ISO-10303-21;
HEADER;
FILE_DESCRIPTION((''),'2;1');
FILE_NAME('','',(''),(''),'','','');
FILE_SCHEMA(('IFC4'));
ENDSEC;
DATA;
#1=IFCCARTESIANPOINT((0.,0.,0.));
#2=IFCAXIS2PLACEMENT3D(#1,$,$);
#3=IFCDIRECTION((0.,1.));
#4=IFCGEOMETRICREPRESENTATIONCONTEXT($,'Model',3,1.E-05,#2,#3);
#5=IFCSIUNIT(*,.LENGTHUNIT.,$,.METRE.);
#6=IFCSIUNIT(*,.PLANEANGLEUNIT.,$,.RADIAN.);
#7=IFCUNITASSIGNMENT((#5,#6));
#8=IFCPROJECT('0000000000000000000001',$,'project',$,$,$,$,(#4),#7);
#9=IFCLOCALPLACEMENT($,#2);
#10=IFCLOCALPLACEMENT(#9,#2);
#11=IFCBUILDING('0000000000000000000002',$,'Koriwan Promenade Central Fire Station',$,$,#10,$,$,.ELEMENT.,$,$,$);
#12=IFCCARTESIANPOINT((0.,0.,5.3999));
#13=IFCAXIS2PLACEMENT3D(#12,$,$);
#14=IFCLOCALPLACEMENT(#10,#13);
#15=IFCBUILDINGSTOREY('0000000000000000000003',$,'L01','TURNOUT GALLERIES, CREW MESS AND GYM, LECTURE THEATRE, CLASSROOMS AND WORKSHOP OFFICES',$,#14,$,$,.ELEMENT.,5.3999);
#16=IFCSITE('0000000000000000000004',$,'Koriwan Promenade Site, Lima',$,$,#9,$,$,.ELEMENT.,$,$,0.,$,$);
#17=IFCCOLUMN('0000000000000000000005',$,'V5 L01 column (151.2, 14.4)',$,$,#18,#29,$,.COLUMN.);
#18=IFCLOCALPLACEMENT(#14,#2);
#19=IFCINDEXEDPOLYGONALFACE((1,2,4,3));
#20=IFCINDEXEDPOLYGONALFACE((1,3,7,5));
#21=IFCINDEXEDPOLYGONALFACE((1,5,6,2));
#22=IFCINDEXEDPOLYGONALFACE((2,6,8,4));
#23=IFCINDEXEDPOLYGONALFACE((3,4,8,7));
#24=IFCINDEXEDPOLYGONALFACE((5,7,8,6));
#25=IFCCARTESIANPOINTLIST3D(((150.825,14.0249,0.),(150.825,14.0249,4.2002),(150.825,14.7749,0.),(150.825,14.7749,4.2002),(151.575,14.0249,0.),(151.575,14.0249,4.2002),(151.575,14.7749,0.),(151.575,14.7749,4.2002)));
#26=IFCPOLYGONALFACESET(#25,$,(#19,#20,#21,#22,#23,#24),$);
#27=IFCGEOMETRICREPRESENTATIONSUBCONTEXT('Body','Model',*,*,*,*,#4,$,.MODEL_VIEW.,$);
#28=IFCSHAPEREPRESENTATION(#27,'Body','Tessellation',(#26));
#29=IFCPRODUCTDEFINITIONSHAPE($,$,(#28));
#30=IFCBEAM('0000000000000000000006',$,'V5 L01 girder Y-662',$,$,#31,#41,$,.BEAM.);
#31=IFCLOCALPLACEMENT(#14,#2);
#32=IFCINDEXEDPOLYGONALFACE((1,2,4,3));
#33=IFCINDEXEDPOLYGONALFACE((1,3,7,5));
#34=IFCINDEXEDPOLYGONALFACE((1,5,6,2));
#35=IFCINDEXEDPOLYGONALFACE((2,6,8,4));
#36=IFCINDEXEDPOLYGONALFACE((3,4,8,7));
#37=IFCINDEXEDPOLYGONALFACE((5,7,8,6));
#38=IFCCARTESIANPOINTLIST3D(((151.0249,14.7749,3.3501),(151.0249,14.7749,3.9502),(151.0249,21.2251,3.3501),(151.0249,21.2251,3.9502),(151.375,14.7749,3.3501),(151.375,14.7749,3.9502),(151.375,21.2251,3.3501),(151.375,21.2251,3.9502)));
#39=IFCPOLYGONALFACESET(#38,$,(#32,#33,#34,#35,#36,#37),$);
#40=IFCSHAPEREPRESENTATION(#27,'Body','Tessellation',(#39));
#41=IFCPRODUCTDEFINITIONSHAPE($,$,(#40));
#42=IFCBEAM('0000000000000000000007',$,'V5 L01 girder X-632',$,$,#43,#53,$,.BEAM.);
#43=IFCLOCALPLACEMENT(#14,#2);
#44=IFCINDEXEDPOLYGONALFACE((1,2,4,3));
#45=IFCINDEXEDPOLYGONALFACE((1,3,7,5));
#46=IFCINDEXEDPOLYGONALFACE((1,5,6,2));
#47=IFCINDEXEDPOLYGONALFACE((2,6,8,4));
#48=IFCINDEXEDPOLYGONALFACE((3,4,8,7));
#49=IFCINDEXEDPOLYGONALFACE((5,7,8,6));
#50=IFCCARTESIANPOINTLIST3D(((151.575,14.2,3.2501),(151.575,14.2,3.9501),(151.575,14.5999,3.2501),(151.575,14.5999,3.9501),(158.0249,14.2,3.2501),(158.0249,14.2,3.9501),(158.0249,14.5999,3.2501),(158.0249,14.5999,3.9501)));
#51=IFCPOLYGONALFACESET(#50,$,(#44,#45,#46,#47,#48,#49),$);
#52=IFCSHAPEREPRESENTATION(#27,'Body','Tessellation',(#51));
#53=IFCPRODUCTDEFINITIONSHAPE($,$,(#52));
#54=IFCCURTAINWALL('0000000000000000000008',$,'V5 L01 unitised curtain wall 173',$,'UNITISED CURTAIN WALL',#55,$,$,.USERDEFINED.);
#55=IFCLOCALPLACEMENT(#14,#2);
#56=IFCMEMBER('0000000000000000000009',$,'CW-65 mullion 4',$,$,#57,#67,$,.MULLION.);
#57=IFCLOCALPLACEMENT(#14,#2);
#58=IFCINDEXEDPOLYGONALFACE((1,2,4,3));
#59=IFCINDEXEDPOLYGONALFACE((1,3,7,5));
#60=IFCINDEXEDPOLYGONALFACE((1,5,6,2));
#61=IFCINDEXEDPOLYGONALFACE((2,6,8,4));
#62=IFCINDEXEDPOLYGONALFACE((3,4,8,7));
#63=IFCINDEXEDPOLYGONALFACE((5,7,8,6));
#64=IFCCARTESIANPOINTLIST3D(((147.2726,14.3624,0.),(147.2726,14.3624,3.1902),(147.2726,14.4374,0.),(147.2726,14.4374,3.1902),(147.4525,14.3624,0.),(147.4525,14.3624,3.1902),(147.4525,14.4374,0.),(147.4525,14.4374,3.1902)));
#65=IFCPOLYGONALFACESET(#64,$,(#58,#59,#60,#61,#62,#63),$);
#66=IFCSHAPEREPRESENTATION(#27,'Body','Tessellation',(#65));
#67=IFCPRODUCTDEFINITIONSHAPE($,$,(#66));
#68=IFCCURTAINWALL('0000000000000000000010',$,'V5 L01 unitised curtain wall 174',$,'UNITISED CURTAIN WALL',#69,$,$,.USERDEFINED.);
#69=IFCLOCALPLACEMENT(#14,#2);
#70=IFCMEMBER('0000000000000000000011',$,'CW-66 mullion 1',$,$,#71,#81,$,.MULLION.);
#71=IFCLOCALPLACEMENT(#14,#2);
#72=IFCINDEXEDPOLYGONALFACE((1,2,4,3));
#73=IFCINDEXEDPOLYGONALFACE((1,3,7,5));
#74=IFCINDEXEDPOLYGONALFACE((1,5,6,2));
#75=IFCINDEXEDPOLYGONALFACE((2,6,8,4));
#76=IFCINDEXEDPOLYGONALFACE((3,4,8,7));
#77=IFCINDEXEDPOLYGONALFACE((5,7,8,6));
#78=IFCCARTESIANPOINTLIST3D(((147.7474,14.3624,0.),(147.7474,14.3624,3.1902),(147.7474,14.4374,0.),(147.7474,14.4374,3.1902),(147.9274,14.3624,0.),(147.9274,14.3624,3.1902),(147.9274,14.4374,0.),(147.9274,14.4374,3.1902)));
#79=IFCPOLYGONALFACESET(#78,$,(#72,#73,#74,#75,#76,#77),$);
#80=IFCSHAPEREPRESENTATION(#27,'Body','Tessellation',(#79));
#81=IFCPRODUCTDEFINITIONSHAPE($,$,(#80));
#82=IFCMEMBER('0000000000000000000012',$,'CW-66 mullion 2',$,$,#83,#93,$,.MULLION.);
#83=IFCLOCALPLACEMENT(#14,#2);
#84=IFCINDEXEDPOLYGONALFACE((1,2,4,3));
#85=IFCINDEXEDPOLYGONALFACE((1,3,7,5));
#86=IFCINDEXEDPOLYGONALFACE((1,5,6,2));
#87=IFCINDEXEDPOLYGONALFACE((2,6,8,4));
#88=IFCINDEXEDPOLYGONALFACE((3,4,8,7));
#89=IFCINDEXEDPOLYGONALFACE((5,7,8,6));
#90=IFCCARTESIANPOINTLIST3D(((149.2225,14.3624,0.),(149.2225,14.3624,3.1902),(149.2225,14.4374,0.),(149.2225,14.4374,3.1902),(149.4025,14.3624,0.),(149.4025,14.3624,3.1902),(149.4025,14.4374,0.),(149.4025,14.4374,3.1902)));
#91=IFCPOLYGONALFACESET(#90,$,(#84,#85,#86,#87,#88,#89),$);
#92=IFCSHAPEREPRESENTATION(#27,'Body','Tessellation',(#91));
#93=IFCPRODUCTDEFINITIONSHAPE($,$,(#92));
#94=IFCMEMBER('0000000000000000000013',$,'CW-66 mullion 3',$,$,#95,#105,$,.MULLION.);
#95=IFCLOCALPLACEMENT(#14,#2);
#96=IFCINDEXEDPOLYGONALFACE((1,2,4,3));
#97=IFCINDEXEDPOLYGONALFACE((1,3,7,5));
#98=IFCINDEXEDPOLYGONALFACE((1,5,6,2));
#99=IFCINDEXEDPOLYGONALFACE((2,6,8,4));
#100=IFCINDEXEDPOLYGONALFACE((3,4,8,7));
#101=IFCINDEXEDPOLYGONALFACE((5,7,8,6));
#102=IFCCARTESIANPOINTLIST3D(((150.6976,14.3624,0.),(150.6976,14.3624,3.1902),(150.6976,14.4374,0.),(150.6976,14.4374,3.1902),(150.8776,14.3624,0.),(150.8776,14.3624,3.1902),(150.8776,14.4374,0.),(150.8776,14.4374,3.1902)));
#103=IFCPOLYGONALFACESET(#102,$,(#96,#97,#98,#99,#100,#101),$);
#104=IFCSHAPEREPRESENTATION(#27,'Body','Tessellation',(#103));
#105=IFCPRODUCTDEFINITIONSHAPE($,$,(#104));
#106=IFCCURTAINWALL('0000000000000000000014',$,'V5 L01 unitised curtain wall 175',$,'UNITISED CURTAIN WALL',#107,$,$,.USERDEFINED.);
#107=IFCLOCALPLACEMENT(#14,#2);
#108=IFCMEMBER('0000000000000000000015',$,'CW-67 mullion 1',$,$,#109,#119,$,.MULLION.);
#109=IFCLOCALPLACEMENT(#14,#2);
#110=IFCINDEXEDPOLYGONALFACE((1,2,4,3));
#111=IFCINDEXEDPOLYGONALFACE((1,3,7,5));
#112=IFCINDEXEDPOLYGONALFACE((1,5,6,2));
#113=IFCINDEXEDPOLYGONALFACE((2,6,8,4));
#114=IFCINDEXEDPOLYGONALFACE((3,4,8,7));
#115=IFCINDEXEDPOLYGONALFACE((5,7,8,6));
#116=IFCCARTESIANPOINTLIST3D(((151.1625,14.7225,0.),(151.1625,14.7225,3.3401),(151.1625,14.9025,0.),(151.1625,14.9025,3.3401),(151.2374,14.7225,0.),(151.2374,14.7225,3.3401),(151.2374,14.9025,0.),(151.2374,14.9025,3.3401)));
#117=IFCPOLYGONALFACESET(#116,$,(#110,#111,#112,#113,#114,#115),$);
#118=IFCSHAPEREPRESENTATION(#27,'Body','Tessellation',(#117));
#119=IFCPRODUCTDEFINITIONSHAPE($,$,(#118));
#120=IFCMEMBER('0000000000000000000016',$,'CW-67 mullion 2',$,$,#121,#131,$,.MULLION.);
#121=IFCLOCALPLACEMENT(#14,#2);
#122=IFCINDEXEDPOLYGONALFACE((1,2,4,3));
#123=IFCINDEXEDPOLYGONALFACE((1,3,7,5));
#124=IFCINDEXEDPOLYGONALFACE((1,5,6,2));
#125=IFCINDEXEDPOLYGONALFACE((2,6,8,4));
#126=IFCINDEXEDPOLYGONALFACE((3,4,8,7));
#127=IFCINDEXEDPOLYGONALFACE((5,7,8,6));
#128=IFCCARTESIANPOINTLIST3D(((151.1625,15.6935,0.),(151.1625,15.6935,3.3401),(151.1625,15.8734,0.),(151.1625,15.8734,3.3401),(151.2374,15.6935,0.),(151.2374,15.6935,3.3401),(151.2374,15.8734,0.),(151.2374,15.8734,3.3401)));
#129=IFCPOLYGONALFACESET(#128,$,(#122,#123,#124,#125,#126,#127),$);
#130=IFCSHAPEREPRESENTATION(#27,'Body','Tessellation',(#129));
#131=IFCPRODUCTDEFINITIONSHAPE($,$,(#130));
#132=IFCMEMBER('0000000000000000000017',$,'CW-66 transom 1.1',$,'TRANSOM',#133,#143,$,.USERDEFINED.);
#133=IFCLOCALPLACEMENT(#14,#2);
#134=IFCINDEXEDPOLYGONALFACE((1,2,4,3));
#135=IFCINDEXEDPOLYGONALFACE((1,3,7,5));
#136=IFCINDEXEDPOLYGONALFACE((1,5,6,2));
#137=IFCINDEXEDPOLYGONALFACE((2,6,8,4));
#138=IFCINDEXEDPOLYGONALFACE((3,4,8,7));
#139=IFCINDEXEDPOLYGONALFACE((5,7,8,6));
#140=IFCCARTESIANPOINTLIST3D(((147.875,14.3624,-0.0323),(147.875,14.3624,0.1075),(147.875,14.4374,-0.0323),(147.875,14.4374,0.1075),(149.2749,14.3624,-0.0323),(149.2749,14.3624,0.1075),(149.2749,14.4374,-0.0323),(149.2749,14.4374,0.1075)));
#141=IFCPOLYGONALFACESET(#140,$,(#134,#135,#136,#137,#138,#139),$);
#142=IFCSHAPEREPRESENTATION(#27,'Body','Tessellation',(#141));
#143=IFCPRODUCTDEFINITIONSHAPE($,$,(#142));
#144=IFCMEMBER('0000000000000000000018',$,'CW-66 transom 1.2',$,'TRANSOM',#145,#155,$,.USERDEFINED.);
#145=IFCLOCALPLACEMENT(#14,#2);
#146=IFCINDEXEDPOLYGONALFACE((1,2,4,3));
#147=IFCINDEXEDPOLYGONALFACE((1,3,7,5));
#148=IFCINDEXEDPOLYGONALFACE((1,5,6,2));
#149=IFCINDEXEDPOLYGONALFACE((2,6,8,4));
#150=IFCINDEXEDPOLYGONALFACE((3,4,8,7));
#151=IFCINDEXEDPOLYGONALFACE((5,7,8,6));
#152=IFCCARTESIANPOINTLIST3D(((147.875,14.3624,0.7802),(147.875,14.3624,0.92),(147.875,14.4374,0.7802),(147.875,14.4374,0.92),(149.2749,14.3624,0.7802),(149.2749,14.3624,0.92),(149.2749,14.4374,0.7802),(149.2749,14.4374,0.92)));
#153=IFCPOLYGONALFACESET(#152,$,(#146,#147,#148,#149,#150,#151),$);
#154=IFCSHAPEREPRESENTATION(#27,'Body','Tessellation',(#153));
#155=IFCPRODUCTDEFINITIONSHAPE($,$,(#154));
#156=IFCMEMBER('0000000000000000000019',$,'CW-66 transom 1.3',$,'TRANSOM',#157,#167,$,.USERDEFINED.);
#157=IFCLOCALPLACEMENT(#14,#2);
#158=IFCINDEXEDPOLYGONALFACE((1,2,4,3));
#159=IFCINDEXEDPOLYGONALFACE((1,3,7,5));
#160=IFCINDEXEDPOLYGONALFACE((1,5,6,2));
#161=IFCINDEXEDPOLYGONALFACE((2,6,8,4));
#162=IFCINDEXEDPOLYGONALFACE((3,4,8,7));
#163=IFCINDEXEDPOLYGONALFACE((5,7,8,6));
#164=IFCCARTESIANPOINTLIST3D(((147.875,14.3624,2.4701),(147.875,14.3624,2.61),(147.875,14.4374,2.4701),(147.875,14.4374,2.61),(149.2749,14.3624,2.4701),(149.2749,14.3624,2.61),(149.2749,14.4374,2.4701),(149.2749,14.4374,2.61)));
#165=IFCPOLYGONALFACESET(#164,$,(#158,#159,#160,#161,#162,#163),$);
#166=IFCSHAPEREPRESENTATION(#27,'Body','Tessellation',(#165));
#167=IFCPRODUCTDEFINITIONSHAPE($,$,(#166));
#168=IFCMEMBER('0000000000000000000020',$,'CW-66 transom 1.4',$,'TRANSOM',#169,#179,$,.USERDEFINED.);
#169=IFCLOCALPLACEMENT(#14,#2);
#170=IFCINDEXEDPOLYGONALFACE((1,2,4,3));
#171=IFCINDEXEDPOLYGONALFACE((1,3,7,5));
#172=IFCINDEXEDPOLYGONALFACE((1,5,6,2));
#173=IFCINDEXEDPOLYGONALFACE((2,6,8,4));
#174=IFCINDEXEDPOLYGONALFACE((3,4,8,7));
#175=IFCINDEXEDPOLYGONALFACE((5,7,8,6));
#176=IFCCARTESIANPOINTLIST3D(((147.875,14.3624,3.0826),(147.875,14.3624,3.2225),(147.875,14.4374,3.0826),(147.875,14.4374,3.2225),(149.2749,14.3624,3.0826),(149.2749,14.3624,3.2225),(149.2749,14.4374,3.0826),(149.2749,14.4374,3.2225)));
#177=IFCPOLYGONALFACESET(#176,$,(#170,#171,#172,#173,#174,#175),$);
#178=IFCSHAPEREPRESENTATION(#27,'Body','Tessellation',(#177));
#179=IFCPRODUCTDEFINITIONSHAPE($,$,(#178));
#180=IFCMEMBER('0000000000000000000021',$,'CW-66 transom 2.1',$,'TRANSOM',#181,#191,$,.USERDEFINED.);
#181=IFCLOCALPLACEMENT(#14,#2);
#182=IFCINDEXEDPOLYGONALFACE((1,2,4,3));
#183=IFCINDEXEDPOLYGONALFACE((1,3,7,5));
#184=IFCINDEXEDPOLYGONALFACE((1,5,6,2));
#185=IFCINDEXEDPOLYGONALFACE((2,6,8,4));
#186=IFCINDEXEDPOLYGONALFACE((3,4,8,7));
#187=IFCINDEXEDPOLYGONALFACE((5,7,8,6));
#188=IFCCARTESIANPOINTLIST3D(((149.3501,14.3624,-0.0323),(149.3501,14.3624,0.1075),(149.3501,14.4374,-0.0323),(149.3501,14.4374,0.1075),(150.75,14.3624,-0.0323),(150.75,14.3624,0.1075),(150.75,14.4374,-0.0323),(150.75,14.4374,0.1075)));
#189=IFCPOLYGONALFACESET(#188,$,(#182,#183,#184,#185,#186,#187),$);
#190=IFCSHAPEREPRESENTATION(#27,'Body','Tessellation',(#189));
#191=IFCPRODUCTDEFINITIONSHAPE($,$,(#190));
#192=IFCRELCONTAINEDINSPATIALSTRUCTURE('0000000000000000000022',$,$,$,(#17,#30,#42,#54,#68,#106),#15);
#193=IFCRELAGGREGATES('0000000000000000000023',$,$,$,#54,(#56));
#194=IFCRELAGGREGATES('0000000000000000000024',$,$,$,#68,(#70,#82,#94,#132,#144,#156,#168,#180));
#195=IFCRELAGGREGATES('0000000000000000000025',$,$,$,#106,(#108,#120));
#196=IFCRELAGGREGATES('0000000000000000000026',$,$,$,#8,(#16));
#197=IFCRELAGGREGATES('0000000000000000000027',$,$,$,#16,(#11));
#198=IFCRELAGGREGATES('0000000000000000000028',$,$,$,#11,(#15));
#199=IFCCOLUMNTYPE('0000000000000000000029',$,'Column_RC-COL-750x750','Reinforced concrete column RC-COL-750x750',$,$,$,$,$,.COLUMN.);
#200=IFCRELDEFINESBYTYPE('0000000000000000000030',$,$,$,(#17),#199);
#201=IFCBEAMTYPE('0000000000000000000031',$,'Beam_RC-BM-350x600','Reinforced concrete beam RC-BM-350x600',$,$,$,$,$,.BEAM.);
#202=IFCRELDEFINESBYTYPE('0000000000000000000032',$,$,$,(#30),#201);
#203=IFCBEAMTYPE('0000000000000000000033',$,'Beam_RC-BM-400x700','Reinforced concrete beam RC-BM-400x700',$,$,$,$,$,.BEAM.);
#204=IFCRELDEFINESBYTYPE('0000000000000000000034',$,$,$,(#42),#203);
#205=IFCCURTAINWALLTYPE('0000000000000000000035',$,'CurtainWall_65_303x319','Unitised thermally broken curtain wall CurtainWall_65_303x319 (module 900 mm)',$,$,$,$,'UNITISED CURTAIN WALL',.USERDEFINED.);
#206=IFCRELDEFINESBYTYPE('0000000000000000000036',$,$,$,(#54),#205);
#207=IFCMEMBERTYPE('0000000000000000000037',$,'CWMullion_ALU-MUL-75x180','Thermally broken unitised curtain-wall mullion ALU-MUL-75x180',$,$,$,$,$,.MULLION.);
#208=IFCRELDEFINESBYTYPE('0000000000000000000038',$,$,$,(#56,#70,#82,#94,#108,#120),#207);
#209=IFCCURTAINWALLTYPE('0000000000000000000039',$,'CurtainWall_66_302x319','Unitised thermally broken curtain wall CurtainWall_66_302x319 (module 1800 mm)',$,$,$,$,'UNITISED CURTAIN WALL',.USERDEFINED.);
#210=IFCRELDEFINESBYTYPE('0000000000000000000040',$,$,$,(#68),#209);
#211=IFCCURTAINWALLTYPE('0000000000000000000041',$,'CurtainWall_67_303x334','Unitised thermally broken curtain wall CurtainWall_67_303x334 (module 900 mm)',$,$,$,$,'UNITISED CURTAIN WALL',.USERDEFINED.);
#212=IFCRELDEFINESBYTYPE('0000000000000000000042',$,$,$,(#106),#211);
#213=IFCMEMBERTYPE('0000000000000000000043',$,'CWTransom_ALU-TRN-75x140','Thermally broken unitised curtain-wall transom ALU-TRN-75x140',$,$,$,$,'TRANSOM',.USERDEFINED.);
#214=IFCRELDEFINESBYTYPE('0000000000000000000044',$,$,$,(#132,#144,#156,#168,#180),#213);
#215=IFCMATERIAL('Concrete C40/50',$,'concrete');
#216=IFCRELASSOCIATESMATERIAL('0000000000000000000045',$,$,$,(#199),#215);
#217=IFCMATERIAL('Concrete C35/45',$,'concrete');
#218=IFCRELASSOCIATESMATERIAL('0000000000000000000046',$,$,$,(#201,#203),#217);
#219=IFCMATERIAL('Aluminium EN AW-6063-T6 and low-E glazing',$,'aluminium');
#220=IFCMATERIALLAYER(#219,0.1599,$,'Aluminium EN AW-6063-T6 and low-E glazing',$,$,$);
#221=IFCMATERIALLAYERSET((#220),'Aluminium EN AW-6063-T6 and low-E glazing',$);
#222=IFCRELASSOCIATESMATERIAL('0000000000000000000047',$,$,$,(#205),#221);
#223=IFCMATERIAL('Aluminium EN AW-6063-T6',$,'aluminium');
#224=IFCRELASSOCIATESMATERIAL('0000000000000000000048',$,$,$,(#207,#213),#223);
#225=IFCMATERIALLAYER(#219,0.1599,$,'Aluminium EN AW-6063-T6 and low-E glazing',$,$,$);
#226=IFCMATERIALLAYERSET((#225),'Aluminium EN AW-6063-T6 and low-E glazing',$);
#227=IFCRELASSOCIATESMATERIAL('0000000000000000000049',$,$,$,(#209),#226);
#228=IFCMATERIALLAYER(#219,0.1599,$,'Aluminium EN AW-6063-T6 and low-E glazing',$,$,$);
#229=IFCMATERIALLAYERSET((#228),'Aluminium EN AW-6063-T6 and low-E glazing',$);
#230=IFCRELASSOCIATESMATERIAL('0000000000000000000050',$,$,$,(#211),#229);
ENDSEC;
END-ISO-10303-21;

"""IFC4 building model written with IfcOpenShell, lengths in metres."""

from ifc_helpers import new_model, si_unit, direction, frame, origin, origin_2d, place, context, subcontext, project, spatial, rectangle, extrude, material, layer, layer_set, material_profile, profile_set, type_object, element, aggregate, save


model = new_model("IFC4")

# Units and contexts
model_context = context("Model", 3, precision=1e-05, world=origin(), true_north=direction((0.0, 1.0)))
body_context = subcontext(model_context, "Body", "Model", "MODEL_VIEW")
ifc_project = project(units=[si_unit("LENGTHUNIT", "METRE"), si_unit("PLANEANGLEUNIT", "RADIAN")], contexts=[model_context])

# Site, building, storey
site_placement = place(None, origin())
site = spatial("IfcSite", under=ifc_project, at=site_placement, Name="Koriwan Promenade Site, Lima", CompositionType="ELEMENT", RefElevation=0.0)
building_placement = place(site_placement, origin())
building = spatial("IfcBuilding", under=site, at=building_placement, Name="Koriwan Promenade Central Fire Station", CompositionType="ELEMENT")
storey_placement = place(building_placement, frame((0.0, 0.0, 5.3999)))
storey = spatial("IfcBuildingStorey", under=building, at=storey_placement, Name="L01", Description="TURNOUT GALLERIES, CREW MESS AND GYM, LECTURE THEATRE, CLASSROOMS AND WORKSHOP OFFICES", CompositionType="ELEMENT", Elevation=5.3999)

# Column
ifc_material_1 = material(Name="Concrete C40/50", Category="concrete")
ifc_material_profile_1 = material_profile(ifc_material_1, rectangle(XDim=0.75, YDim=0.75, at=origin_2d()), Name="RC-COL-750x750")
ifc_profile_set_1 = profile_set([ifc_material_profile_1], Name="Concrete C40/50")
column_type = type_object("IfcColumnType", Name="Column_RC-COL-750x750", Description="Reinforced concrete column RC-COL-750x750", PredefinedType="COLUMN", material=ifc_profile_set_1)
column_placement = place(storey_placement, frame((151.2, 14.3999, 0.0), z_axis=(0.0, 0.0, 1.0), x_axis=(1.0, 0.0, 0.0)))
element("IfcColumn", 1, at=column_placement, inside=storey, type_object=column_type, Name="V5 L01 column (151.2, 14.4)", PredefinedType="COLUMN", context=body_context, shape_type="SweptSolid", body=[
    extrude(rectangle(XDim=0.75, YDim=0.75, at=origin_2d()), origin(), (0.0, 0.0, 1.0), 4.2002),
])

# Beams
ifc_material_2 = material(Name="Concrete C35/45", Category="concrete")
ifc_material_profile_2 = material_profile(ifc_material_2, rectangle(XDim=0.3501, YDim=0.6001, at=origin_2d()), Name="RC-BM-350x600")
ifc_profile_set_2 = profile_set([ifc_material_profile_2], Name="Concrete C35/45")
beam_type_1 = type_object("IfcBeamType", Name="Beam_RC-BM-350x600", Description="Reinforced concrete beam RC-BM-350x600", PredefinedType="BEAM", material=ifc_profile_set_2)
beam_1_placement = place(storey_placement, frame((151.2, 14.7749, 3.6501), z_axis=(0.0, 1.0, 0.0), x_axis=(-1.0, 0.0, 0.0)))
element("IfcBeam", 2, at=beam_1_placement, inside=storey, type_object=beam_type_1, Name="V5 L01 girder Y-662", PredefinedType="BEAM", context=body_context, shape_type="SweptSolid", body=[
    extrude(rectangle(XDim=0.3501, YDim=0.6001, at=origin_2d()), origin(), (0.0, 0.0, 1.0), 6.4502),
])
ifc_material_profile_3 = material_profile(ifc_material_2, rectangle(XDim=0.3999, YDim=0.7, at=origin_2d()), Name="RC-BM-400x700")
ifc_profile_set_3 = profile_set([ifc_material_profile_3], Name="Concrete C35/45")
beam_type_2 = type_object("IfcBeamType", Name="Beam_RC-BM-400x700", Description="Reinforced concrete beam RC-BM-400x700", PredefinedType="BEAM", material=ifc_profile_set_3)
beam_2_placement = place(storey_placement, frame((151.575, 14.3999, 3.6001), z_axis=(1.0, 0.0, 0.0), x_axis=(0.0, 1.0, 0.0)))
element("IfcBeam", 3, at=beam_2_placement, inside=storey, type_object=beam_type_2, Name="V5 L01 girder X-632", PredefinedType="BEAM", context=body_context, shape_type="SweptSolid", body=[
    extrude(rectangle(XDim=0.3999, YDim=0.7, at=origin_2d()), origin(), (0.0, 0.0, 1.0), 6.45),
])

# Curtain wall, member
ifc_material_3 = material(Name="Aluminium EN AW-6063-T6 and low-E glazing", Category="aluminium")
ifc_layer_1 = layer(ifc_material_3, 0.1599, Name="Aluminium EN AW-6063-T6 and low-E glazing")
ifc_layer_set_1 = layer_set([ifc_layer_1], Name="Aluminium EN AW-6063-T6 and low-E glazing")
curtain_wall_type_1 = type_object("IfcCurtainWallType", Name="CurtainWall_65_303x319", Description="Unitised thermally broken curtain wall CurtainWall_65_303x319 (module 900 mm)", ElementType="UNITISED CURTAIN WALL", PredefinedType="USERDEFINED", material=ifc_layer_set_1)
curtain_wall_1_placement = place(storey_placement, origin())
curtain_wall_1 = element("IfcCurtainWall", 4, at=curtain_wall_1_placement, inside=storey, type_object=curtain_wall_type_1, Name="V5 L01 unitised curtain wall 173", ObjectType="UNITISED CURTAIN WALL", PredefinedType="USERDEFINED")
ifc_material_4 = material(Name="Aluminium EN AW-6063-T6", Category="aluminium")
ifc_material_profile_4 = material_profile(ifc_material_4, rectangle(XDim=0.075, YDim=0.1799, at=origin_2d()), Name="ALU-MUL-75x180")
ifc_profile_set_4 = profile_set([ifc_material_profile_4], Name="Aluminium EN AW-6063-T6")
member_type_1 = type_object("IfcMemberType", Name="CWMullion_ALU-MUL-75x180", Description="Thermally broken unitised curtain-wall mullion ALU-MUL-75x180", PredefinedType="MULLION", material=ifc_profile_set_4)
member_1_placement = place(storey_placement, frame((147.3625, 14.3999, 0.0), z_axis=(0.0, 0.0, 1.0), x_axis=(0.0, 1.0, 0.0)))
member_1 = element("IfcMember", 5, at=member_1_placement, type_object=member_type_1, Name="CW-65 mullion 4", PredefinedType="MULLION", context=body_context, shape_type="SweptSolid", body=[
    extrude(rectangle(XDim=0.075, YDim=0.1799, at=origin_2d()), origin(), (0.0, 0.0, 1.0), 3.1902),
])

# Curtain walls, members
ifc_layer_2 = layer(ifc_material_3, 0.1599, Name="Aluminium EN AW-6063-T6 and low-E glazing")
ifc_layer_set_2 = layer_set([ifc_layer_2], Name="Aluminium EN AW-6063-T6 and low-E glazing")
curtain_wall_type_2 = type_object("IfcCurtainWallType", Name="CurtainWall_66_302x319", Description="Unitised thermally broken curtain wall CurtainWall_66_302x319 (module 1800 mm)", ElementType="UNITISED CURTAIN WALL", PredefinedType="USERDEFINED", material=ifc_layer_set_2)
curtain_wall_2_placement = place(storey_placement, origin())
curtain_wall_2 = element("IfcCurtainWall", 6, at=curtain_wall_2_placement, inside=storey, type_object=curtain_wall_type_2, Name="V5 L01 unitised curtain wall 174", ObjectType="UNITISED CURTAIN WALL", PredefinedType="USERDEFINED")
member_2_placement = place(storey_placement, frame((147.8374, 14.3999, 0.0), z_axis=(0.0, 0.0, 1.0), x_axis=(0.0, 1.0, 0.0)))
member_2 = element("IfcMember", 7, at=member_2_placement, type_object=member_type_1, Name="CW-66 mullion 1", PredefinedType="MULLION", context=body_context, shape_type="SweptSolid", body=[
    extrude(rectangle(XDim=0.075, YDim=0.1799, at=origin_2d()), origin(), (0.0, 0.0, 1.0), 3.1902),
])
member_3_placement = place(storey_placement, frame((149.3125, 14.3999, 0.0), z_axis=(0.0, 0.0, 1.0), x_axis=(0.0, 1.0, 0.0)))
member_3 = element("IfcMember", 8, at=member_3_placement, type_object=member_type_1, Name="CW-66 mullion 2", PredefinedType="MULLION", context=body_context, shape_type="SweptSolid", body=[
    extrude(rectangle(XDim=0.075, YDim=0.1799, at=origin_2d()), origin(), (0.0, 0.0, 1.0), 3.1902),
])
member_4_placement = place(storey_placement, frame((150.7876, 14.3999, 0.0), z_axis=(0.0, 0.0, 1.0), x_axis=(0.0, 1.0, 0.0)))
member_4 = element("IfcMember", 9, at=member_4_placement, type_object=member_type_1, Name="CW-66 mullion 3", PredefinedType="MULLION", context=body_context, shape_type="SweptSolid", body=[
    extrude(rectangle(XDim=0.075, YDim=0.1799, at=origin_2d()), origin(), (0.0, 0.0, 1.0), 3.1902),
])
ifc_layer_3 = layer(ifc_material_3, 0.1599, Name="Aluminium EN AW-6063-T6 and low-E glazing")
ifc_layer_set_3 = layer_set([ifc_layer_3], Name="Aluminium EN AW-6063-T6 and low-E glazing")
curtain_wall_type_3 = type_object("IfcCurtainWallType", Name="CurtainWall_67_303x334", Description="Unitised thermally broken curtain wall CurtainWall_67_303x334 (module 900 mm)", ElementType="UNITISED CURTAIN WALL", PredefinedType="USERDEFINED", material=ifc_layer_set_3)
curtain_wall_3_placement = place(storey_placement, origin())
curtain_wall_3 = element("IfcCurtainWall", 10, at=curtain_wall_3_placement, inside=storey, type_object=curtain_wall_type_3, Name="V5 L01 unitised curtain wall 175", ObjectType="UNITISED CURTAIN WALL", PredefinedType="USERDEFINED")
member_5_placement = place(storey_placement, frame((151.2, 14.8125, 0.0), z_axis=(0.0, 0.0, 1.0), x_axis=(-1.0, 0.0, 0.0)))
member_5 = element("IfcMember", 11, at=member_5_placement, type_object=member_type_1, Name="CW-67 mullion 1", PredefinedType="MULLION", context=body_context, shape_type="SweptSolid", body=[
    extrude(rectangle(XDim=0.075, YDim=0.1799, at=origin_2d()), origin(), (0.0, 0.0, 1.0), 3.3401),
])
member_6_placement = place(storey_placement, frame((151.2, 15.7834, 0.0), z_axis=(0.0, 0.0, 1.0), x_axis=(-1.0, 0.0, 0.0)))
member_6 = element("IfcMember", 12, at=member_6_placement, type_object=member_type_1, Name="CW-67 mullion 2", PredefinedType="MULLION", context=body_context, shape_type="SweptSolid", body=[
    extrude(rectangle(XDim=0.075, YDim=0.1799, at=origin_2d()), origin(), (0.0, 0.0, 1.0), 3.3401),
])

# Members
ifc_material_profile_5 = material_profile(ifc_material_4, rectangle(XDim=0.075, YDim=0.1399, at=origin_2d()), Name="ALU-TRN-75x140")
ifc_profile_set_5 = profile_set([ifc_material_profile_5], Name="Aluminium EN AW-6063-T6")
member_type_2 = type_object("IfcMemberType", Name="CWTransom_ALU-TRN-75x140", Description="Thermally broken unitised curtain-wall transom ALU-TRN-75x140", ElementType="TRANSOM", PredefinedType="USERDEFINED", material=ifc_profile_set_5)
member_7_placement = place(storey_placement, frame((147.875, 14.3999, 0.0376), z_axis=(1.0, 0.0, 0.0), x_axis=(0.0, 1.0, 0.0)))
member_7 = element("IfcMember", 13, at=member_7_placement, type_object=member_type_2, Name="CW-66 transom 1.1", ObjectType="TRANSOM", PredefinedType="USERDEFINED", context=body_context, shape_type="SweptSolid", body=[
    extrude(rectangle(XDim=0.075, YDim=0.1399, at=origin_2d()), origin(), (0.0, 0.0, 1.0), 1.3999),
])
member_8_placement = place(storey_placement, frame((147.875, 14.3999, 0.8501), z_axis=(1.0, 0.0, 0.0), x_axis=(0.0, 1.0, 0.0)))
member_8 = element("IfcMember", 14, at=member_8_placement, type_object=member_type_2, Name="CW-66 transom 1.2", ObjectType="TRANSOM", PredefinedType="USERDEFINED", context=body_context, shape_type="SweptSolid", body=[
    extrude(rectangle(XDim=0.075, YDim=0.1399, at=origin_2d()), origin(), (0.0, 0.0, 1.0), 1.3999),
])
member_9_placement = place(storey_placement, frame((147.875, 14.3999, 2.54), z_axis=(1.0, 0.0, 0.0), x_axis=(0.0, 1.0, 0.0)))
member_9 = element("IfcMember", 15, at=member_9_placement, type_object=member_type_2, Name="CW-66 transom 1.3", ObjectType="TRANSOM", PredefinedType="USERDEFINED", context=body_context, shape_type="SweptSolid", body=[
    extrude(rectangle(XDim=0.075, YDim=0.1399, at=origin_2d()), origin(), (0.0, 0.0, 1.0), 1.3999),
])
member_10_placement = place(storey_placement, frame((147.875, 14.3999, 3.1526), z_axis=(1.0, 0.0, 0.0), x_axis=(0.0, 1.0, 0.0)))
member_10 = element("IfcMember", 16, at=member_10_placement, type_object=member_type_2, Name="CW-66 transom 1.4", ObjectType="TRANSOM", PredefinedType="USERDEFINED", context=body_context, shape_type="SweptSolid", body=[
    extrude(rectangle(XDim=0.075, YDim=0.1399, at=origin_2d()), origin(), (0.0, 0.0, 1.0), 1.3999),
])
member_11_placement = place(storey_placement, frame((149.3501, 14.3999, 0.0376), z_axis=(1.0, 0.0, 0.0), x_axis=(0.0, 1.0, 0.0)))
member_11 = element("IfcMember", 17, at=member_11_placement, type_object=member_type_2, Name="CW-66 transom 2.1", ObjectType="TRANSOM", PredefinedType="USERDEFINED", context=body_context, shape_type="SweptSolid", body=[
    extrude(rectangle(XDim=0.075, YDim=0.1399, at=origin_2d()), origin(), (0.0, 0.0, 1.0), 1.3999),
])

aggregate(curtain_wall_1, [member_1])
aggregate(curtain_wall_2, [member_2, member_3, member_4, member_7, member_8, member_9, member_10, member_11])
aggregate(curtain_wall_3, [member_5, member_6])

save(model, "model.ifc")
